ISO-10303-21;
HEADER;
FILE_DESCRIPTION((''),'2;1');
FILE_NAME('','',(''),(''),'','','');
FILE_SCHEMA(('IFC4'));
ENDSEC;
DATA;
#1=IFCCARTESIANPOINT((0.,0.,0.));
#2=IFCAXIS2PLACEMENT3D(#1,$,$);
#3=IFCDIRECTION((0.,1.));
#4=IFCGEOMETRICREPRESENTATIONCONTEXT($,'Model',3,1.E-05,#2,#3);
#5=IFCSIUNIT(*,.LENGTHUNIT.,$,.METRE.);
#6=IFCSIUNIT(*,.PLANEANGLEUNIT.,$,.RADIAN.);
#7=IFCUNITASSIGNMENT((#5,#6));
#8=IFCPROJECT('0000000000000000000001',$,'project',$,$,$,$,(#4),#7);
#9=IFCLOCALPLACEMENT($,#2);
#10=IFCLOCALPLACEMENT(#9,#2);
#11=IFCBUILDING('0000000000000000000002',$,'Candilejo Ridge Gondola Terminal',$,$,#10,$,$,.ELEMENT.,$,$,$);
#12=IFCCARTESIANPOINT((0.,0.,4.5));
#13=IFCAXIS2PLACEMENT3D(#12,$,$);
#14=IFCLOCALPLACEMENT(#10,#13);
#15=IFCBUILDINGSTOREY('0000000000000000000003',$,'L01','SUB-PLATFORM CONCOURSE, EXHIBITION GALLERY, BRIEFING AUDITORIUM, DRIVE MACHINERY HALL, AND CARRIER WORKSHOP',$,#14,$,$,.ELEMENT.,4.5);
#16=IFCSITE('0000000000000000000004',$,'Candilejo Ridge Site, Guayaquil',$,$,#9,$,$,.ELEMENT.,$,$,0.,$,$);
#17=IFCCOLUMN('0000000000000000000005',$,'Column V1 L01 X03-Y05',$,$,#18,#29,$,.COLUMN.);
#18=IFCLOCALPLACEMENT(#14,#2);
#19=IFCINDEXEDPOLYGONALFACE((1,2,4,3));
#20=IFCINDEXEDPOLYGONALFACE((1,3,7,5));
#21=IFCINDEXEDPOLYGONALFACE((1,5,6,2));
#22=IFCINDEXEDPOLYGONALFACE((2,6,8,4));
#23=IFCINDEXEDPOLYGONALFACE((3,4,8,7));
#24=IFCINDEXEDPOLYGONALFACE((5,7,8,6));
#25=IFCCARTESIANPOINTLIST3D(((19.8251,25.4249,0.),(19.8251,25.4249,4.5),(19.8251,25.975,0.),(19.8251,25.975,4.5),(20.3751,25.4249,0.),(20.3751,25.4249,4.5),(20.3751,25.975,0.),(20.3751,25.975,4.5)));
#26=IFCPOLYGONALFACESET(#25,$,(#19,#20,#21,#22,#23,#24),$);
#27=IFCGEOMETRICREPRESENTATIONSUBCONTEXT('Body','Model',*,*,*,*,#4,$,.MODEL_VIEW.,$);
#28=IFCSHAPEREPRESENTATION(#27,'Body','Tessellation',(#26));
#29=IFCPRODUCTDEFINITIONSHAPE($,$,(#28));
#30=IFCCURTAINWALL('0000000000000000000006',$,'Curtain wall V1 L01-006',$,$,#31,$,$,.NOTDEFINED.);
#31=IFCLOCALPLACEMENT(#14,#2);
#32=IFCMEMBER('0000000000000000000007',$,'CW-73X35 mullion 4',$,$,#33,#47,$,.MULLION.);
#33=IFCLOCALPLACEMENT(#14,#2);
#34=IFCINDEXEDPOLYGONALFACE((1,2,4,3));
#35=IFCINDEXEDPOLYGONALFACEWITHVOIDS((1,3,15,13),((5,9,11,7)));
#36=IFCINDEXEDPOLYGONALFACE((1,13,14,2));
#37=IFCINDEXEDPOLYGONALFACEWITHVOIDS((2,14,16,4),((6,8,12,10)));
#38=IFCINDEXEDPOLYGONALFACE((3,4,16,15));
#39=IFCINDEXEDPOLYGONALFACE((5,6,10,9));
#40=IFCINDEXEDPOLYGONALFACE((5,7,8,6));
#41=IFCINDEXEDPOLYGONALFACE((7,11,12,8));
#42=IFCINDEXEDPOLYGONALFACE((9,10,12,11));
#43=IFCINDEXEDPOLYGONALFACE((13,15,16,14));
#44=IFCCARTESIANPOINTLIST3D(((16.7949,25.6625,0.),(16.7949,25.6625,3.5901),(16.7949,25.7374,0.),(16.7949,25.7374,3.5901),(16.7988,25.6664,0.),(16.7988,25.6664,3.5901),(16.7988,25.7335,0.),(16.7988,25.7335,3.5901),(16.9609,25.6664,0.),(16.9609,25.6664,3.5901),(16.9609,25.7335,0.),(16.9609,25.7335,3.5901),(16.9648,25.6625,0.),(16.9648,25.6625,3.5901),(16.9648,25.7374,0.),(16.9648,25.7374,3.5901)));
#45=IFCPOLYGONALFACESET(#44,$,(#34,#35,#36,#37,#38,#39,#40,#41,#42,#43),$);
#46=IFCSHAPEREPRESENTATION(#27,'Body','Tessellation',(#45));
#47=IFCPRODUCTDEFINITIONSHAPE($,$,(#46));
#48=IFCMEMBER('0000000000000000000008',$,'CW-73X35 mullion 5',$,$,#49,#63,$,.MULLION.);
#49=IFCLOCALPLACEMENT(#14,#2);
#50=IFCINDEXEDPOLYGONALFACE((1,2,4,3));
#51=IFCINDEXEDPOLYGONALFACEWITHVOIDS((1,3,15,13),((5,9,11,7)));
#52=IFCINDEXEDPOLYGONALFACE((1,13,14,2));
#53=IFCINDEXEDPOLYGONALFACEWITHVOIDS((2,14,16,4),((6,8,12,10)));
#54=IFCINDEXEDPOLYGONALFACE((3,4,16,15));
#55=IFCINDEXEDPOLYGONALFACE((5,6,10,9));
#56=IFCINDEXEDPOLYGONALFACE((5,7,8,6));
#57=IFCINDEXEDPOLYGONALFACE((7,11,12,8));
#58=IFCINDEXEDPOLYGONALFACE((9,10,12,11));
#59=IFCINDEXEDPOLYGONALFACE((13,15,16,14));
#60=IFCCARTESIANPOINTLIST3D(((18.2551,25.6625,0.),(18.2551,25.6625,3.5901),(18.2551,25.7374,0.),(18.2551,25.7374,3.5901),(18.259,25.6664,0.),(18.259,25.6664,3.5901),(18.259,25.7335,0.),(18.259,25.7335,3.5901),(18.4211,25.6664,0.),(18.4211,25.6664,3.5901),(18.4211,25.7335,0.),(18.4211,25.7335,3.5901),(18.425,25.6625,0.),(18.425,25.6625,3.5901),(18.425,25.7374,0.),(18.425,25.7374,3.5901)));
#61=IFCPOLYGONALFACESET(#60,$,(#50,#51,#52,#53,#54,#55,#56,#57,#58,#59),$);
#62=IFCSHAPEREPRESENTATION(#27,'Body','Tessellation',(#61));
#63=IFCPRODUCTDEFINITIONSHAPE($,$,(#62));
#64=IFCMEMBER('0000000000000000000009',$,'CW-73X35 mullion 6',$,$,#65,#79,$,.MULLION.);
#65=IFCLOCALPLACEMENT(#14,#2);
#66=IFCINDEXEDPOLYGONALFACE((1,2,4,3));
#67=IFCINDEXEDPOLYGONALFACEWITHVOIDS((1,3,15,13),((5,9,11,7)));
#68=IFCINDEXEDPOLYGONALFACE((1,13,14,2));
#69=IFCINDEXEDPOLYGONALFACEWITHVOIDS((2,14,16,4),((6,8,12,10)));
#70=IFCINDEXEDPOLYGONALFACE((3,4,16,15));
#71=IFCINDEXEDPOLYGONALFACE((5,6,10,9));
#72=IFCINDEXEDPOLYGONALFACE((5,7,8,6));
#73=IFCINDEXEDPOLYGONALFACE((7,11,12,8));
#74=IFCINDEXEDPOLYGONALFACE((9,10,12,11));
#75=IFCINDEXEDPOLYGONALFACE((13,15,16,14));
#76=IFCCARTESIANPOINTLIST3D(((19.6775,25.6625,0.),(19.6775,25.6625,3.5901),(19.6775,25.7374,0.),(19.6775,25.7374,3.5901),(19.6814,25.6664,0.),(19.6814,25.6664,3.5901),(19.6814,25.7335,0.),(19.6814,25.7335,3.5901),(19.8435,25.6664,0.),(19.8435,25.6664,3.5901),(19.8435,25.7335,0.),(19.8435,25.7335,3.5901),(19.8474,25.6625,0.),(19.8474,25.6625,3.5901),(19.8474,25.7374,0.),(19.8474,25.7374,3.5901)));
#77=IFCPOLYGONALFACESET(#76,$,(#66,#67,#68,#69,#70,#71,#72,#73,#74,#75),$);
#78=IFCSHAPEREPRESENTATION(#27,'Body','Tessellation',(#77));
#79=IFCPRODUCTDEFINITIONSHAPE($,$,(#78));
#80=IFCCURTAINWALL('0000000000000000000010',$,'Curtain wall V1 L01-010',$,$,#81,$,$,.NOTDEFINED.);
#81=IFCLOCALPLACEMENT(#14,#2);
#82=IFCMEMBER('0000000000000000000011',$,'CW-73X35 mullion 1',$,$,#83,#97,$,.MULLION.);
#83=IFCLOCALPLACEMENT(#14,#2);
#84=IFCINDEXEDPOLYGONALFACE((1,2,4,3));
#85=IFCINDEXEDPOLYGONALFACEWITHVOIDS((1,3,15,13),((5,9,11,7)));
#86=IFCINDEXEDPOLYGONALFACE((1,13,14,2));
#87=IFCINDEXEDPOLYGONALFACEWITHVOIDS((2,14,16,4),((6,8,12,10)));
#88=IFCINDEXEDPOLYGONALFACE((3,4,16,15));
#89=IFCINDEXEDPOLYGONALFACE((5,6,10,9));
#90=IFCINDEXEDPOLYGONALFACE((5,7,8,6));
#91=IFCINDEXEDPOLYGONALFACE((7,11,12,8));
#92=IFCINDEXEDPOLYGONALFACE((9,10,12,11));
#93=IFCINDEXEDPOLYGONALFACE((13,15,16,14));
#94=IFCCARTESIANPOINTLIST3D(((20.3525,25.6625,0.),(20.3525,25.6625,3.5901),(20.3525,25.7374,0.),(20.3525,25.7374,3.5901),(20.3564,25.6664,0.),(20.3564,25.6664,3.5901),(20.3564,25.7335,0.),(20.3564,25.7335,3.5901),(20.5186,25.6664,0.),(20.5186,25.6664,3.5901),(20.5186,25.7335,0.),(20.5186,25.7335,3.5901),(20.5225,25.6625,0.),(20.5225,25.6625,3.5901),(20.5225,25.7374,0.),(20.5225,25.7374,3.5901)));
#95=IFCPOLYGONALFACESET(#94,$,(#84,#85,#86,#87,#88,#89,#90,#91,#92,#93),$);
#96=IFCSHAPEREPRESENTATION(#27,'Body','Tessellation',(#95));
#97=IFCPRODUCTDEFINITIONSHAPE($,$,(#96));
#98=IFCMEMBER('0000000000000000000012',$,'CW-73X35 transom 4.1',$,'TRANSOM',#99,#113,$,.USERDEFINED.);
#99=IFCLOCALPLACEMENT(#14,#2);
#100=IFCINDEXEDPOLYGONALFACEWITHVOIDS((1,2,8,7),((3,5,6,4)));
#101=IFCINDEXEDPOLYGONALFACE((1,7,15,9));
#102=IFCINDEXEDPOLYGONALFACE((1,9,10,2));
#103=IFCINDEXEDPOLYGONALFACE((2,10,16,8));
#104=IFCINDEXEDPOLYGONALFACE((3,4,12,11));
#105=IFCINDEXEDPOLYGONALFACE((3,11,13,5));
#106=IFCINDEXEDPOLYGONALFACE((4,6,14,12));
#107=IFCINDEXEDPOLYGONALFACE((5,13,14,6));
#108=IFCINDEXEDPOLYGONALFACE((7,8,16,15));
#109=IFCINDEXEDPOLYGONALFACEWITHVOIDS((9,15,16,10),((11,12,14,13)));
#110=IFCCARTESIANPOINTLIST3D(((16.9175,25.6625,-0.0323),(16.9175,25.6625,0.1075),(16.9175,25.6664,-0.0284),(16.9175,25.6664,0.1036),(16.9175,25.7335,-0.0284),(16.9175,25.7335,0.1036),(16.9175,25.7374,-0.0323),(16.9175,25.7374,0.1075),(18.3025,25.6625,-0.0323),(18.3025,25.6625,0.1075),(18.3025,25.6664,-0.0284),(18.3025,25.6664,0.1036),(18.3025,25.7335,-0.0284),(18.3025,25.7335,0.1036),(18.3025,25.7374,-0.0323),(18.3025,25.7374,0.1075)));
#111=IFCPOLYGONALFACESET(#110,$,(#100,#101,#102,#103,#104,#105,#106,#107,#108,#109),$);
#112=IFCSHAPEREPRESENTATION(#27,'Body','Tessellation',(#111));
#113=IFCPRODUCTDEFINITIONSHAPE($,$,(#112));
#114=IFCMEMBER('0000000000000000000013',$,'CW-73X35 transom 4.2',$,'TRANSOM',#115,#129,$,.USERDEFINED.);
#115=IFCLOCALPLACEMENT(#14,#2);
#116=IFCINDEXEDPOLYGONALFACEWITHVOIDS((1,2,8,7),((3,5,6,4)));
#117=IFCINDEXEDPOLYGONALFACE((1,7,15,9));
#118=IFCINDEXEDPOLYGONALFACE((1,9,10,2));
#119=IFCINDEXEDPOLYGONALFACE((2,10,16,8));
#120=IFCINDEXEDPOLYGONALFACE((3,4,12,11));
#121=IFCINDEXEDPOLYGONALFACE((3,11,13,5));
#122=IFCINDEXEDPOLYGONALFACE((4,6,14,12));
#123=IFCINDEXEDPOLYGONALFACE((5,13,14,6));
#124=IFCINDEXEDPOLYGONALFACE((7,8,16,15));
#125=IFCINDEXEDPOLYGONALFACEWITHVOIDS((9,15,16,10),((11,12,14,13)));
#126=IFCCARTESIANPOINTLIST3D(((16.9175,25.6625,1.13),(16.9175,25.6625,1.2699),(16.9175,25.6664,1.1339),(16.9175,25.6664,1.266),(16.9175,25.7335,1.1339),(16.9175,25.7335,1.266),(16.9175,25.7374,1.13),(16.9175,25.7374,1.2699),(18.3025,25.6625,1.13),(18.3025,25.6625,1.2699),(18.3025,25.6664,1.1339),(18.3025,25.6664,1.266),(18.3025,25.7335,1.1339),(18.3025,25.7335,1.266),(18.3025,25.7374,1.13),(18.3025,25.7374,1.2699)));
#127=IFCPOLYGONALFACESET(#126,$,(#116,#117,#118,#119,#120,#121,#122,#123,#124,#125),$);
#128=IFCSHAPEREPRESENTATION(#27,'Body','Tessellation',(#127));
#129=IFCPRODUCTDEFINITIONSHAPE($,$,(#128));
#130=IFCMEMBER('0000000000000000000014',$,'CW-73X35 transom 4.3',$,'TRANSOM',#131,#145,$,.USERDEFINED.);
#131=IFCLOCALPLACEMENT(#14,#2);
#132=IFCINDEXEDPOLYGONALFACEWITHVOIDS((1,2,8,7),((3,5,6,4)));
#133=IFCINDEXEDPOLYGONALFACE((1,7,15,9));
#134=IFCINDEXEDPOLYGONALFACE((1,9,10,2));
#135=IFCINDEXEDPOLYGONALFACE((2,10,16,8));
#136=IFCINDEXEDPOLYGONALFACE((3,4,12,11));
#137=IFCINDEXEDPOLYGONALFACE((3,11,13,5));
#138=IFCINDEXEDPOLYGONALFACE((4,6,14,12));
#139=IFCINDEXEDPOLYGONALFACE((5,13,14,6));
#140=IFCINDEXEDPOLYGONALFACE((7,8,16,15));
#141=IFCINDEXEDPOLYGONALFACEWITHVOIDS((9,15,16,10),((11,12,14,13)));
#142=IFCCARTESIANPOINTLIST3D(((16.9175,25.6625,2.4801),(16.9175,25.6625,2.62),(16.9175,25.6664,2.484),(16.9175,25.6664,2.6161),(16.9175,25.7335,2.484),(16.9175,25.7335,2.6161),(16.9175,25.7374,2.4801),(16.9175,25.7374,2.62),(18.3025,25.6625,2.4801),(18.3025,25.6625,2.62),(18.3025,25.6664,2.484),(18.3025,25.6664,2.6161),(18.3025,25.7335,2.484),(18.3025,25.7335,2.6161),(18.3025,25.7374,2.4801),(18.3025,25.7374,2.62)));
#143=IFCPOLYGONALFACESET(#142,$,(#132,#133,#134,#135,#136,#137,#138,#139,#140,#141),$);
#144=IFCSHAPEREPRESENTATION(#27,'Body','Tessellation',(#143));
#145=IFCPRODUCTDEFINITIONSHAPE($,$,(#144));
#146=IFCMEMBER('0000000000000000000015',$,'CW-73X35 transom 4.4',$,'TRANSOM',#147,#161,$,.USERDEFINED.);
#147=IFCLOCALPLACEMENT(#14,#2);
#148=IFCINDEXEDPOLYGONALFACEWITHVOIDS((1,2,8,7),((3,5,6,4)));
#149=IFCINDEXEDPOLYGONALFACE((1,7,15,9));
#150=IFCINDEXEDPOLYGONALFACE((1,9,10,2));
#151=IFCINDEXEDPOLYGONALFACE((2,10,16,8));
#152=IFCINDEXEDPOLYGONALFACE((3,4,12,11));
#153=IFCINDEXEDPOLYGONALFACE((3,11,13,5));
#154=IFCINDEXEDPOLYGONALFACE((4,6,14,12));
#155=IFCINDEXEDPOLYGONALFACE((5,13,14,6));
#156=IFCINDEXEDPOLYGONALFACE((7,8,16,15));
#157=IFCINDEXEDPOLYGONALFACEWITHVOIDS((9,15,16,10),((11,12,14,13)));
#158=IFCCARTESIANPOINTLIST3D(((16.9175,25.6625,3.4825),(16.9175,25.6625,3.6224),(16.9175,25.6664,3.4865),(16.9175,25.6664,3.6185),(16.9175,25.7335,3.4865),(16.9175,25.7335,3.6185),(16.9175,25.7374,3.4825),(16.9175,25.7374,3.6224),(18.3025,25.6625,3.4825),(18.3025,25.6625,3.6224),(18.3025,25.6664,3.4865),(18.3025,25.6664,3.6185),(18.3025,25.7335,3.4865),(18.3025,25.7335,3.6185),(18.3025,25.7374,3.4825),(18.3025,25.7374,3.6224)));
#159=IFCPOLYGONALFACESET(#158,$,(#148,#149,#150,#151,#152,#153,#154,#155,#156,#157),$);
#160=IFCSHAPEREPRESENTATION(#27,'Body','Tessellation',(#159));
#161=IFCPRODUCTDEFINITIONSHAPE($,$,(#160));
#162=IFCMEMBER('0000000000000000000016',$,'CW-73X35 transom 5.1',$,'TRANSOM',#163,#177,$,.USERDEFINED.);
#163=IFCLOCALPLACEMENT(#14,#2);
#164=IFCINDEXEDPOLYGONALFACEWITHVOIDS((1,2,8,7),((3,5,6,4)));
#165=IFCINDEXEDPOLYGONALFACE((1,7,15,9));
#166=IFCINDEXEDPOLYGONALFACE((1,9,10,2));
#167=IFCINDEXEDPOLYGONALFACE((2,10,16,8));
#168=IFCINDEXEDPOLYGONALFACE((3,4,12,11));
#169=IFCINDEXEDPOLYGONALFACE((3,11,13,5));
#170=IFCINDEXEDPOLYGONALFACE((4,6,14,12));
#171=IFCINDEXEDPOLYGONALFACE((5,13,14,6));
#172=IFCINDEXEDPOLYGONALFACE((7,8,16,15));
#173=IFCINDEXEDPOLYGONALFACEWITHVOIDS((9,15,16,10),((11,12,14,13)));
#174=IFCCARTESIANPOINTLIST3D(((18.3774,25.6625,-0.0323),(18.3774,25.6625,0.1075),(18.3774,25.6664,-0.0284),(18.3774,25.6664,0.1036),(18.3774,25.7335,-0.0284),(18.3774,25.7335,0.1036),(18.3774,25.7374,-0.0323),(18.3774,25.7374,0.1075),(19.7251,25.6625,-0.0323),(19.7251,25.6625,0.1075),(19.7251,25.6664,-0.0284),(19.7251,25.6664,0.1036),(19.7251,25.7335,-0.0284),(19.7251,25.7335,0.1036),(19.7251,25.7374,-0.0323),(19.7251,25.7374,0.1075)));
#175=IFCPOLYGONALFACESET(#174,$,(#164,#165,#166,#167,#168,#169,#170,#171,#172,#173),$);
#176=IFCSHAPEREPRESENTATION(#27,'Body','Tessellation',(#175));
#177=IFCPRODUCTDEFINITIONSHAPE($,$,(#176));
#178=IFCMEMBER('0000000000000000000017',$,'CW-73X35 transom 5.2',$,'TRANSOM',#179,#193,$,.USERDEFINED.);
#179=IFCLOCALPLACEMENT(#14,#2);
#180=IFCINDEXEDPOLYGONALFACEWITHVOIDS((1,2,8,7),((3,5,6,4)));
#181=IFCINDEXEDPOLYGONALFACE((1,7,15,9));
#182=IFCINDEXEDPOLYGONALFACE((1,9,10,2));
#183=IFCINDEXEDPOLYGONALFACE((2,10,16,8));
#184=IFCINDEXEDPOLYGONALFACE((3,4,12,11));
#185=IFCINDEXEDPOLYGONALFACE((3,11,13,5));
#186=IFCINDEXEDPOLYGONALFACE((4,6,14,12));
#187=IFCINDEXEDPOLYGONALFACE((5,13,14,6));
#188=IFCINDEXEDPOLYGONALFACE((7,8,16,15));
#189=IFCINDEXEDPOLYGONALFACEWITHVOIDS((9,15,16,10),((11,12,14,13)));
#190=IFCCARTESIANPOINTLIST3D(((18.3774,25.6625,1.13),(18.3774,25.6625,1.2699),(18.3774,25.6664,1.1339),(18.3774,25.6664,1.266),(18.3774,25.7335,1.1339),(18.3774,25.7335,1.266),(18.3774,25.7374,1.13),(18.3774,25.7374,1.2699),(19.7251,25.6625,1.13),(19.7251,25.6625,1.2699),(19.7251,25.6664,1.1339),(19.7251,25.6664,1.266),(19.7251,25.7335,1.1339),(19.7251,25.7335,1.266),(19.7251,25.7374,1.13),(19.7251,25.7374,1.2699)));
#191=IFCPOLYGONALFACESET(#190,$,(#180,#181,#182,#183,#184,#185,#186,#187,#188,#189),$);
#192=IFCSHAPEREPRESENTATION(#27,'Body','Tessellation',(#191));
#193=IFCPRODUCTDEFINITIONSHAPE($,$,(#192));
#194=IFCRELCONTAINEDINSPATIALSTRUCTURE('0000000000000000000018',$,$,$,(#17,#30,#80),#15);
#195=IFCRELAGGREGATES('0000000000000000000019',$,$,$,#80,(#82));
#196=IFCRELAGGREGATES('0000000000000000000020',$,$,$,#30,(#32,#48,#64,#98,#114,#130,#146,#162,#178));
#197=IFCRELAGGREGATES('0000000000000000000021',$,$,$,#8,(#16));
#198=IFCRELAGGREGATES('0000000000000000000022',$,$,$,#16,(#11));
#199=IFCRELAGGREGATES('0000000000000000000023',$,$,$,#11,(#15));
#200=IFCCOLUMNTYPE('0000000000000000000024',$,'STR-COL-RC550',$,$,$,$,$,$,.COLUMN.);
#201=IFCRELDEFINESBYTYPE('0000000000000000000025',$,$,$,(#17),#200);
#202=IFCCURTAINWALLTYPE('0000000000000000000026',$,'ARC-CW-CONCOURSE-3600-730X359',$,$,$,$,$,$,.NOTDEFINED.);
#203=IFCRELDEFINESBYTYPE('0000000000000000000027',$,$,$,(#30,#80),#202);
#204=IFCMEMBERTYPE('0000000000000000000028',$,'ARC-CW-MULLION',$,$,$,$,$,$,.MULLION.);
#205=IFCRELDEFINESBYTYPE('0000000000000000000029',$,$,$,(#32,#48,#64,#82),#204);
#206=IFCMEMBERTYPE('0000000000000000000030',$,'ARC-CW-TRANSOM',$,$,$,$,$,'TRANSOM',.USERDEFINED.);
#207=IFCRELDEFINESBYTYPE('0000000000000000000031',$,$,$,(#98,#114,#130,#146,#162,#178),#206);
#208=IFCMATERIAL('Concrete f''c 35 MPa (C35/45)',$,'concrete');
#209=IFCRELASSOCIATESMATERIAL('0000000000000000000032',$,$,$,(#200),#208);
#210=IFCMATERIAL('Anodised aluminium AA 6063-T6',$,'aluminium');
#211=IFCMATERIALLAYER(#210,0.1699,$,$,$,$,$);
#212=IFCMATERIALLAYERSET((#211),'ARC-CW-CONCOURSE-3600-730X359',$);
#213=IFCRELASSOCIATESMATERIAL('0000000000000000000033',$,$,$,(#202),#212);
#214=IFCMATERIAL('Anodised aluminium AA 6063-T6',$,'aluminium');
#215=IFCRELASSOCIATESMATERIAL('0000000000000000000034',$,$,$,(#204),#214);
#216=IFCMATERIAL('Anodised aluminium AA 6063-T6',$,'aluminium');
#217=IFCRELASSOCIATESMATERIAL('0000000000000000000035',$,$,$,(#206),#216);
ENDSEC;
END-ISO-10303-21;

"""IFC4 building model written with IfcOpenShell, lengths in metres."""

from ifc_helpers import new_model, si_unit, direction, frame, origin, origin_2d, place, context, subcontext, project, spatial, rectangle, hollow_rectangle, extrude, material, layer, layer_set, material_profile, profile_set, type_object, element, aggregate, save


model = new_model("IFC4")

# Units and contexts
model_context = context("Model", 3, precision=1e-05, world=origin(), true_north=direction((0.0, 1.0)))
body_context = subcontext(model_context, "Body", "Model", "MODEL_VIEW")
ifc_project = project(units=[si_unit("LENGTHUNIT", "METRE"), si_unit("PLANEANGLEUNIT", "RADIAN")], contexts=[model_context])

# Site, building, storey
site_placement = place(None, origin())
site = spatial("IfcSite", under=ifc_project, at=site_placement, Name="Candilejo Ridge Site, Guayaquil", CompositionType="ELEMENT", RefElevation=0.0)
building_placement = place(site_placement, origin())
building = spatial("IfcBuilding", under=site, at=building_placement, Name="Candilejo Ridge Gondola Terminal", CompositionType="ELEMENT")
storey_placement = place(building_placement, frame((0.0, 0.0, 4.5)))
storey = spatial("IfcBuildingStorey", under=building, at=storey_placement, Name="L01", Description="SUB-PLATFORM CONCOURSE, EXHIBITION GALLERY, BRIEFING AUDITORIUM, DRIVE MACHINERY HALL, AND CARRIER WORKSHOP", CompositionType="ELEMENT", Elevation=4.5)

# Column
ifc_material_1 = material(Name="Concrete f'c 35 MPa (C35/45)", Category="concrete")
ifc_material_profile_1 = material_profile(ifc_material_1, rectangle(XDim=0.55, YDim=0.55, at=origin_2d()))
ifc_profile_set_1 = profile_set([ifc_material_profile_1], Name="Concrete f'c 35 MPa (C35/45)")
column_type = type_object("IfcColumnType", Name="STR-COL-RC550", PredefinedType="COLUMN", material=ifc_profile_set_1)
column_placement = place(storey_placement, frame((20.1001, 25.7, 0.0), z_axis=(0.0, 0.0, 1.0), x_axis=(1.0, 0.0, 0.0)))
element("IfcColumn", 1, at=column_placement, inside=storey, type_object=column_type, Name="Column V1 L01 X03-Y05", PredefinedType="COLUMN", context=body_context, shape_type="SweptSolid", body=[
    extrude(rectangle(XDim=0.55, YDim=0.55, at=origin_2d()), origin(), (0.0, 0.0, 1.0), 4.5),
])

# Curtain wall, members
ifc_material_2 = material(Name="Anodised aluminium AA 6063-T6", Category="aluminium")
ifc_layer_1 = layer(ifc_material_2, 0.1699)
ifc_layer_set_1 = layer_set([ifc_layer_1], Name="ARC-CW-CONCOURSE-3600-730X359")
curtain_wall_type = type_object("IfcCurtainWallType", Name="ARC-CW-CONCOURSE-3600-730X359", PredefinedType="NOTDEFINED", material=ifc_layer_set_1)
curtain_wall_1_placement = place(storey_placement, origin())
curtain_wall_1 = element("IfcCurtainWall", 2, at=curtain_wall_1_placement, inside=storey, type_object=curtain_wall_type, Name="Curtain wall V1 L01-006", PredefinedType="NOTDEFINED")
ifc_material_3 = material(Name="Anodised aluminium AA 6063-T6", Category="aluminium")
ifc_material_profile_2 = material_profile(ifc_material_3, hollow_rectangle(XDim=0.075, YDim=0.1699, WallThickness=0.0039, at=origin_2d()))
ifc_profile_set_2 = profile_set([ifc_material_profile_2], Name="Anodised aluminium AA 6063-T6")
member_type_1 = type_object("IfcMemberType", Name="ARC-CW-MULLION", PredefinedType="MULLION", material=ifc_profile_set_2)
member_1_placement = place(storey_placement, frame((16.8799, 25.7, 0.0), z_axis=(0.0, 0.0, 1.0), x_axis=(0.0, 1.0, 0.0)))
member_1 = element("IfcMember", 3, at=member_1_placement, type_object=member_type_1, Name="CW-73X35 mullion 4", PredefinedType="MULLION", context=body_context, shape_type="SweptSolid", body=[
    extrude(hollow_rectangle(XDim=0.075, YDim=0.1699, WallThickness=0.0039, at=origin_2d()), origin(), (0.0, 0.0, 1.0), 3.5901),
])
member_2_placement = place(storey_placement, frame((18.3401, 25.7, 0.0), z_axis=(0.0, 0.0, 1.0), x_axis=(0.0, 1.0, 0.0)))
member_2 = element("IfcMember", 4, at=member_2_placement, type_object=member_type_1, Name="CW-73X35 mullion 5", PredefinedType="MULLION", context=body_context, shape_type="SweptSolid", body=[
    extrude(hollow_rectangle(XDim=0.075, YDim=0.1699, WallThickness=0.0039, at=origin_2d()), origin(), (0.0, 0.0, 1.0), 3.5901),
])
member_3_placement = place(storey_placement, frame((19.7625, 25.7, 0.0), z_axis=(0.0, 0.0, 1.0), x_axis=(0.0, 1.0, 0.0)))
member_3 = element("IfcMember", 5, at=member_3_placement, type_object=member_type_1, Name="CW-73X35 mullion 6", PredefinedType="MULLION", context=body_context, shape_type="SweptSolid", body=[
    extrude(hollow_rectangle(XDim=0.075, YDim=0.1699, WallThickness=0.0039, at=origin_2d()), origin(), (0.0, 0.0, 1.0), 3.5901),
])

# Curtain wall, member
curtain_wall_2_placement = place(storey_placement, origin())
curtain_wall_2 = element("IfcCurtainWall", 6, at=curtain_wall_2_placement, inside=storey, type_object=curtain_wall_type, Name="Curtain wall V1 L01-010", PredefinedType="NOTDEFINED")
member_4_placement = place(storey_placement, frame((20.4375, 25.7, 0.0), z_axis=(0.0, 0.0, 1.0), x_axis=(0.0, 1.0, 0.0)))
member_4 = element("IfcMember", 7, at=member_4_placement, type_object=member_type_1, Name="CW-73X35 mullion 1", PredefinedType="MULLION", context=body_context, shape_type="SweptSolid", body=[
    extrude(hollow_rectangle(XDim=0.075, YDim=0.1699, WallThickness=0.0039, at=origin_2d()), origin(), (0.0, 0.0, 1.0), 3.5901),
])

# Members
ifc_material_4 = material(Name="Anodised aluminium AA 6063-T6", Category="aluminium")
ifc_material_profile_3 = material_profile(ifc_material_4, hollow_rectangle(XDim=0.075, YDim=0.1399, WallThickness=0.0039, at=origin_2d()))
ifc_profile_set_3 = profile_set([ifc_material_profile_3], Name="Anodised aluminium AA 6063-T6")
member_type_2 = type_object("IfcMemberType", Name="ARC-CW-TRANSOM", ElementType="TRANSOM", PredefinedType="USERDEFINED", material=ifc_profile_set_3)
member_5_placement = place(storey_placement, frame((16.9175, 25.7, 0.0376), z_axis=(1.0, 0.0, 0.0), x_axis=(0.0, 1.0, 0.0)))
member_5 = element("IfcMember", 8, at=member_5_placement, type_object=member_type_2, Name="CW-73X35 transom 4.1", ObjectType="TRANSOM", PredefinedType="USERDEFINED", context=body_context, shape_type="SweptSolid", body=[
    extrude(hollow_rectangle(XDim=0.075, YDim=0.1399, WallThickness=0.0039, at=origin_2d()), origin(), (0.0, 0.0, 1.0), 1.385),
])
member_6_placement = place(storey_placement, frame((16.9175, 25.7, 1.2), z_axis=(1.0, 0.0, 0.0), x_axis=(0.0, 1.0, 0.0)))
member_6 = element("IfcMember", 9, at=member_6_placement, type_object=member_type_2, Name="CW-73X35 transom 4.2", ObjectType="TRANSOM", PredefinedType="USERDEFINED", context=body_context, shape_type="SweptSolid", body=[
    extrude(hollow_rectangle(XDim=0.075, YDim=0.1399, WallThickness=0.0039, at=origin_2d()), origin(), (0.0, 0.0, 1.0), 1.385),
])
member_7_placement = place(storey_placement, frame((16.9175, 25.7, 2.55), z_axis=(1.0, 0.0, 0.0), x_axis=(0.0, 1.0, 0.0)))
member_7 = element("IfcMember", 10, at=member_7_placement, type_object=member_type_2, Name="CW-73X35 transom 4.3", ObjectType="TRANSOM", PredefinedType="USERDEFINED", context=body_context, shape_type="SweptSolid", body=[
    extrude(hollow_rectangle(XDim=0.075, YDim=0.1399, WallThickness=0.0039, at=origin_2d()), origin(), (0.0, 0.0, 1.0), 1.385),
])
member_8_placement = place(storey_placement, frame((16.9175, 25.7, 3.5525), z_axis=(1.0, 0.0, 0.0), x_axis=(0.0, 1.0, 0.0)))
member_8 = element("IfcMember", 11, at=member_8_placement, type_object=member_type_2, Name="CW-73X35 transom 4.4", ObjectType="TRANSOM", PredefinedType="USERDEFINED", context=body_context, shape_type="SweptSolid", body=[
    extrude(hollow_rectangle(XDim=0.075, YDim=0.1399, WallThickness=0.0039, at=origin_2d()), origin(), (0.0, 0.0, 1.0), 1.385),
])
member_9_placement = place(storey_placement, frame((18.3774, 25.7, 0.0376), z_axis=(1.0, 0.0, 0.0), x_axis=(0.0, 1.0, 0.0)))
member_9 = element("IfcMember", 12, at=member_9_placement, type_object=member_type_2, Name="CW-73X35 transom 5.1", ObjectType="TRANSOM", PredefinedType="USERDEFINED", context=body_context, shape_type="SweptSolid", body=[
    extrude(hollow_rectangle(XDim=0.075, YDim=0.1399, WallThickness=0.0039, at=origin_2d()), origin(), (0.0, 0.0, 1.0), 1.3477),
])
member_10_placement = place(storey_placement, frame((18.3774, 25.7, 1.2), z_axis=(1.0, 0.0, 0.0), x_axis=(0.0, 1.0, 0.0)))
member_10 = element("IfcMember", 13, at=member_10_placement, type_object=member_type_2, Name="CW-73X35 transom 5.2", ObjectType="TRANSOM", PredefinedType="USERDEFINED", context=body_context, shape_type="SweptSolid", body=[
    extrude(hollow_rectangle(XDim=0.075, YDim=0.1399, WallThickness=0.0039, at=origin_2d()), origin(), (0.0, 0.0, 1.0), 1.3477),
])
aggregate(curtain_wall_2, [member_4])

aggregate(curtain_wall_1, [member_1, member_2, member_3, member_5, member_6, member_7, member_8, member_9, member_10])

save(model, "model.ifc")
